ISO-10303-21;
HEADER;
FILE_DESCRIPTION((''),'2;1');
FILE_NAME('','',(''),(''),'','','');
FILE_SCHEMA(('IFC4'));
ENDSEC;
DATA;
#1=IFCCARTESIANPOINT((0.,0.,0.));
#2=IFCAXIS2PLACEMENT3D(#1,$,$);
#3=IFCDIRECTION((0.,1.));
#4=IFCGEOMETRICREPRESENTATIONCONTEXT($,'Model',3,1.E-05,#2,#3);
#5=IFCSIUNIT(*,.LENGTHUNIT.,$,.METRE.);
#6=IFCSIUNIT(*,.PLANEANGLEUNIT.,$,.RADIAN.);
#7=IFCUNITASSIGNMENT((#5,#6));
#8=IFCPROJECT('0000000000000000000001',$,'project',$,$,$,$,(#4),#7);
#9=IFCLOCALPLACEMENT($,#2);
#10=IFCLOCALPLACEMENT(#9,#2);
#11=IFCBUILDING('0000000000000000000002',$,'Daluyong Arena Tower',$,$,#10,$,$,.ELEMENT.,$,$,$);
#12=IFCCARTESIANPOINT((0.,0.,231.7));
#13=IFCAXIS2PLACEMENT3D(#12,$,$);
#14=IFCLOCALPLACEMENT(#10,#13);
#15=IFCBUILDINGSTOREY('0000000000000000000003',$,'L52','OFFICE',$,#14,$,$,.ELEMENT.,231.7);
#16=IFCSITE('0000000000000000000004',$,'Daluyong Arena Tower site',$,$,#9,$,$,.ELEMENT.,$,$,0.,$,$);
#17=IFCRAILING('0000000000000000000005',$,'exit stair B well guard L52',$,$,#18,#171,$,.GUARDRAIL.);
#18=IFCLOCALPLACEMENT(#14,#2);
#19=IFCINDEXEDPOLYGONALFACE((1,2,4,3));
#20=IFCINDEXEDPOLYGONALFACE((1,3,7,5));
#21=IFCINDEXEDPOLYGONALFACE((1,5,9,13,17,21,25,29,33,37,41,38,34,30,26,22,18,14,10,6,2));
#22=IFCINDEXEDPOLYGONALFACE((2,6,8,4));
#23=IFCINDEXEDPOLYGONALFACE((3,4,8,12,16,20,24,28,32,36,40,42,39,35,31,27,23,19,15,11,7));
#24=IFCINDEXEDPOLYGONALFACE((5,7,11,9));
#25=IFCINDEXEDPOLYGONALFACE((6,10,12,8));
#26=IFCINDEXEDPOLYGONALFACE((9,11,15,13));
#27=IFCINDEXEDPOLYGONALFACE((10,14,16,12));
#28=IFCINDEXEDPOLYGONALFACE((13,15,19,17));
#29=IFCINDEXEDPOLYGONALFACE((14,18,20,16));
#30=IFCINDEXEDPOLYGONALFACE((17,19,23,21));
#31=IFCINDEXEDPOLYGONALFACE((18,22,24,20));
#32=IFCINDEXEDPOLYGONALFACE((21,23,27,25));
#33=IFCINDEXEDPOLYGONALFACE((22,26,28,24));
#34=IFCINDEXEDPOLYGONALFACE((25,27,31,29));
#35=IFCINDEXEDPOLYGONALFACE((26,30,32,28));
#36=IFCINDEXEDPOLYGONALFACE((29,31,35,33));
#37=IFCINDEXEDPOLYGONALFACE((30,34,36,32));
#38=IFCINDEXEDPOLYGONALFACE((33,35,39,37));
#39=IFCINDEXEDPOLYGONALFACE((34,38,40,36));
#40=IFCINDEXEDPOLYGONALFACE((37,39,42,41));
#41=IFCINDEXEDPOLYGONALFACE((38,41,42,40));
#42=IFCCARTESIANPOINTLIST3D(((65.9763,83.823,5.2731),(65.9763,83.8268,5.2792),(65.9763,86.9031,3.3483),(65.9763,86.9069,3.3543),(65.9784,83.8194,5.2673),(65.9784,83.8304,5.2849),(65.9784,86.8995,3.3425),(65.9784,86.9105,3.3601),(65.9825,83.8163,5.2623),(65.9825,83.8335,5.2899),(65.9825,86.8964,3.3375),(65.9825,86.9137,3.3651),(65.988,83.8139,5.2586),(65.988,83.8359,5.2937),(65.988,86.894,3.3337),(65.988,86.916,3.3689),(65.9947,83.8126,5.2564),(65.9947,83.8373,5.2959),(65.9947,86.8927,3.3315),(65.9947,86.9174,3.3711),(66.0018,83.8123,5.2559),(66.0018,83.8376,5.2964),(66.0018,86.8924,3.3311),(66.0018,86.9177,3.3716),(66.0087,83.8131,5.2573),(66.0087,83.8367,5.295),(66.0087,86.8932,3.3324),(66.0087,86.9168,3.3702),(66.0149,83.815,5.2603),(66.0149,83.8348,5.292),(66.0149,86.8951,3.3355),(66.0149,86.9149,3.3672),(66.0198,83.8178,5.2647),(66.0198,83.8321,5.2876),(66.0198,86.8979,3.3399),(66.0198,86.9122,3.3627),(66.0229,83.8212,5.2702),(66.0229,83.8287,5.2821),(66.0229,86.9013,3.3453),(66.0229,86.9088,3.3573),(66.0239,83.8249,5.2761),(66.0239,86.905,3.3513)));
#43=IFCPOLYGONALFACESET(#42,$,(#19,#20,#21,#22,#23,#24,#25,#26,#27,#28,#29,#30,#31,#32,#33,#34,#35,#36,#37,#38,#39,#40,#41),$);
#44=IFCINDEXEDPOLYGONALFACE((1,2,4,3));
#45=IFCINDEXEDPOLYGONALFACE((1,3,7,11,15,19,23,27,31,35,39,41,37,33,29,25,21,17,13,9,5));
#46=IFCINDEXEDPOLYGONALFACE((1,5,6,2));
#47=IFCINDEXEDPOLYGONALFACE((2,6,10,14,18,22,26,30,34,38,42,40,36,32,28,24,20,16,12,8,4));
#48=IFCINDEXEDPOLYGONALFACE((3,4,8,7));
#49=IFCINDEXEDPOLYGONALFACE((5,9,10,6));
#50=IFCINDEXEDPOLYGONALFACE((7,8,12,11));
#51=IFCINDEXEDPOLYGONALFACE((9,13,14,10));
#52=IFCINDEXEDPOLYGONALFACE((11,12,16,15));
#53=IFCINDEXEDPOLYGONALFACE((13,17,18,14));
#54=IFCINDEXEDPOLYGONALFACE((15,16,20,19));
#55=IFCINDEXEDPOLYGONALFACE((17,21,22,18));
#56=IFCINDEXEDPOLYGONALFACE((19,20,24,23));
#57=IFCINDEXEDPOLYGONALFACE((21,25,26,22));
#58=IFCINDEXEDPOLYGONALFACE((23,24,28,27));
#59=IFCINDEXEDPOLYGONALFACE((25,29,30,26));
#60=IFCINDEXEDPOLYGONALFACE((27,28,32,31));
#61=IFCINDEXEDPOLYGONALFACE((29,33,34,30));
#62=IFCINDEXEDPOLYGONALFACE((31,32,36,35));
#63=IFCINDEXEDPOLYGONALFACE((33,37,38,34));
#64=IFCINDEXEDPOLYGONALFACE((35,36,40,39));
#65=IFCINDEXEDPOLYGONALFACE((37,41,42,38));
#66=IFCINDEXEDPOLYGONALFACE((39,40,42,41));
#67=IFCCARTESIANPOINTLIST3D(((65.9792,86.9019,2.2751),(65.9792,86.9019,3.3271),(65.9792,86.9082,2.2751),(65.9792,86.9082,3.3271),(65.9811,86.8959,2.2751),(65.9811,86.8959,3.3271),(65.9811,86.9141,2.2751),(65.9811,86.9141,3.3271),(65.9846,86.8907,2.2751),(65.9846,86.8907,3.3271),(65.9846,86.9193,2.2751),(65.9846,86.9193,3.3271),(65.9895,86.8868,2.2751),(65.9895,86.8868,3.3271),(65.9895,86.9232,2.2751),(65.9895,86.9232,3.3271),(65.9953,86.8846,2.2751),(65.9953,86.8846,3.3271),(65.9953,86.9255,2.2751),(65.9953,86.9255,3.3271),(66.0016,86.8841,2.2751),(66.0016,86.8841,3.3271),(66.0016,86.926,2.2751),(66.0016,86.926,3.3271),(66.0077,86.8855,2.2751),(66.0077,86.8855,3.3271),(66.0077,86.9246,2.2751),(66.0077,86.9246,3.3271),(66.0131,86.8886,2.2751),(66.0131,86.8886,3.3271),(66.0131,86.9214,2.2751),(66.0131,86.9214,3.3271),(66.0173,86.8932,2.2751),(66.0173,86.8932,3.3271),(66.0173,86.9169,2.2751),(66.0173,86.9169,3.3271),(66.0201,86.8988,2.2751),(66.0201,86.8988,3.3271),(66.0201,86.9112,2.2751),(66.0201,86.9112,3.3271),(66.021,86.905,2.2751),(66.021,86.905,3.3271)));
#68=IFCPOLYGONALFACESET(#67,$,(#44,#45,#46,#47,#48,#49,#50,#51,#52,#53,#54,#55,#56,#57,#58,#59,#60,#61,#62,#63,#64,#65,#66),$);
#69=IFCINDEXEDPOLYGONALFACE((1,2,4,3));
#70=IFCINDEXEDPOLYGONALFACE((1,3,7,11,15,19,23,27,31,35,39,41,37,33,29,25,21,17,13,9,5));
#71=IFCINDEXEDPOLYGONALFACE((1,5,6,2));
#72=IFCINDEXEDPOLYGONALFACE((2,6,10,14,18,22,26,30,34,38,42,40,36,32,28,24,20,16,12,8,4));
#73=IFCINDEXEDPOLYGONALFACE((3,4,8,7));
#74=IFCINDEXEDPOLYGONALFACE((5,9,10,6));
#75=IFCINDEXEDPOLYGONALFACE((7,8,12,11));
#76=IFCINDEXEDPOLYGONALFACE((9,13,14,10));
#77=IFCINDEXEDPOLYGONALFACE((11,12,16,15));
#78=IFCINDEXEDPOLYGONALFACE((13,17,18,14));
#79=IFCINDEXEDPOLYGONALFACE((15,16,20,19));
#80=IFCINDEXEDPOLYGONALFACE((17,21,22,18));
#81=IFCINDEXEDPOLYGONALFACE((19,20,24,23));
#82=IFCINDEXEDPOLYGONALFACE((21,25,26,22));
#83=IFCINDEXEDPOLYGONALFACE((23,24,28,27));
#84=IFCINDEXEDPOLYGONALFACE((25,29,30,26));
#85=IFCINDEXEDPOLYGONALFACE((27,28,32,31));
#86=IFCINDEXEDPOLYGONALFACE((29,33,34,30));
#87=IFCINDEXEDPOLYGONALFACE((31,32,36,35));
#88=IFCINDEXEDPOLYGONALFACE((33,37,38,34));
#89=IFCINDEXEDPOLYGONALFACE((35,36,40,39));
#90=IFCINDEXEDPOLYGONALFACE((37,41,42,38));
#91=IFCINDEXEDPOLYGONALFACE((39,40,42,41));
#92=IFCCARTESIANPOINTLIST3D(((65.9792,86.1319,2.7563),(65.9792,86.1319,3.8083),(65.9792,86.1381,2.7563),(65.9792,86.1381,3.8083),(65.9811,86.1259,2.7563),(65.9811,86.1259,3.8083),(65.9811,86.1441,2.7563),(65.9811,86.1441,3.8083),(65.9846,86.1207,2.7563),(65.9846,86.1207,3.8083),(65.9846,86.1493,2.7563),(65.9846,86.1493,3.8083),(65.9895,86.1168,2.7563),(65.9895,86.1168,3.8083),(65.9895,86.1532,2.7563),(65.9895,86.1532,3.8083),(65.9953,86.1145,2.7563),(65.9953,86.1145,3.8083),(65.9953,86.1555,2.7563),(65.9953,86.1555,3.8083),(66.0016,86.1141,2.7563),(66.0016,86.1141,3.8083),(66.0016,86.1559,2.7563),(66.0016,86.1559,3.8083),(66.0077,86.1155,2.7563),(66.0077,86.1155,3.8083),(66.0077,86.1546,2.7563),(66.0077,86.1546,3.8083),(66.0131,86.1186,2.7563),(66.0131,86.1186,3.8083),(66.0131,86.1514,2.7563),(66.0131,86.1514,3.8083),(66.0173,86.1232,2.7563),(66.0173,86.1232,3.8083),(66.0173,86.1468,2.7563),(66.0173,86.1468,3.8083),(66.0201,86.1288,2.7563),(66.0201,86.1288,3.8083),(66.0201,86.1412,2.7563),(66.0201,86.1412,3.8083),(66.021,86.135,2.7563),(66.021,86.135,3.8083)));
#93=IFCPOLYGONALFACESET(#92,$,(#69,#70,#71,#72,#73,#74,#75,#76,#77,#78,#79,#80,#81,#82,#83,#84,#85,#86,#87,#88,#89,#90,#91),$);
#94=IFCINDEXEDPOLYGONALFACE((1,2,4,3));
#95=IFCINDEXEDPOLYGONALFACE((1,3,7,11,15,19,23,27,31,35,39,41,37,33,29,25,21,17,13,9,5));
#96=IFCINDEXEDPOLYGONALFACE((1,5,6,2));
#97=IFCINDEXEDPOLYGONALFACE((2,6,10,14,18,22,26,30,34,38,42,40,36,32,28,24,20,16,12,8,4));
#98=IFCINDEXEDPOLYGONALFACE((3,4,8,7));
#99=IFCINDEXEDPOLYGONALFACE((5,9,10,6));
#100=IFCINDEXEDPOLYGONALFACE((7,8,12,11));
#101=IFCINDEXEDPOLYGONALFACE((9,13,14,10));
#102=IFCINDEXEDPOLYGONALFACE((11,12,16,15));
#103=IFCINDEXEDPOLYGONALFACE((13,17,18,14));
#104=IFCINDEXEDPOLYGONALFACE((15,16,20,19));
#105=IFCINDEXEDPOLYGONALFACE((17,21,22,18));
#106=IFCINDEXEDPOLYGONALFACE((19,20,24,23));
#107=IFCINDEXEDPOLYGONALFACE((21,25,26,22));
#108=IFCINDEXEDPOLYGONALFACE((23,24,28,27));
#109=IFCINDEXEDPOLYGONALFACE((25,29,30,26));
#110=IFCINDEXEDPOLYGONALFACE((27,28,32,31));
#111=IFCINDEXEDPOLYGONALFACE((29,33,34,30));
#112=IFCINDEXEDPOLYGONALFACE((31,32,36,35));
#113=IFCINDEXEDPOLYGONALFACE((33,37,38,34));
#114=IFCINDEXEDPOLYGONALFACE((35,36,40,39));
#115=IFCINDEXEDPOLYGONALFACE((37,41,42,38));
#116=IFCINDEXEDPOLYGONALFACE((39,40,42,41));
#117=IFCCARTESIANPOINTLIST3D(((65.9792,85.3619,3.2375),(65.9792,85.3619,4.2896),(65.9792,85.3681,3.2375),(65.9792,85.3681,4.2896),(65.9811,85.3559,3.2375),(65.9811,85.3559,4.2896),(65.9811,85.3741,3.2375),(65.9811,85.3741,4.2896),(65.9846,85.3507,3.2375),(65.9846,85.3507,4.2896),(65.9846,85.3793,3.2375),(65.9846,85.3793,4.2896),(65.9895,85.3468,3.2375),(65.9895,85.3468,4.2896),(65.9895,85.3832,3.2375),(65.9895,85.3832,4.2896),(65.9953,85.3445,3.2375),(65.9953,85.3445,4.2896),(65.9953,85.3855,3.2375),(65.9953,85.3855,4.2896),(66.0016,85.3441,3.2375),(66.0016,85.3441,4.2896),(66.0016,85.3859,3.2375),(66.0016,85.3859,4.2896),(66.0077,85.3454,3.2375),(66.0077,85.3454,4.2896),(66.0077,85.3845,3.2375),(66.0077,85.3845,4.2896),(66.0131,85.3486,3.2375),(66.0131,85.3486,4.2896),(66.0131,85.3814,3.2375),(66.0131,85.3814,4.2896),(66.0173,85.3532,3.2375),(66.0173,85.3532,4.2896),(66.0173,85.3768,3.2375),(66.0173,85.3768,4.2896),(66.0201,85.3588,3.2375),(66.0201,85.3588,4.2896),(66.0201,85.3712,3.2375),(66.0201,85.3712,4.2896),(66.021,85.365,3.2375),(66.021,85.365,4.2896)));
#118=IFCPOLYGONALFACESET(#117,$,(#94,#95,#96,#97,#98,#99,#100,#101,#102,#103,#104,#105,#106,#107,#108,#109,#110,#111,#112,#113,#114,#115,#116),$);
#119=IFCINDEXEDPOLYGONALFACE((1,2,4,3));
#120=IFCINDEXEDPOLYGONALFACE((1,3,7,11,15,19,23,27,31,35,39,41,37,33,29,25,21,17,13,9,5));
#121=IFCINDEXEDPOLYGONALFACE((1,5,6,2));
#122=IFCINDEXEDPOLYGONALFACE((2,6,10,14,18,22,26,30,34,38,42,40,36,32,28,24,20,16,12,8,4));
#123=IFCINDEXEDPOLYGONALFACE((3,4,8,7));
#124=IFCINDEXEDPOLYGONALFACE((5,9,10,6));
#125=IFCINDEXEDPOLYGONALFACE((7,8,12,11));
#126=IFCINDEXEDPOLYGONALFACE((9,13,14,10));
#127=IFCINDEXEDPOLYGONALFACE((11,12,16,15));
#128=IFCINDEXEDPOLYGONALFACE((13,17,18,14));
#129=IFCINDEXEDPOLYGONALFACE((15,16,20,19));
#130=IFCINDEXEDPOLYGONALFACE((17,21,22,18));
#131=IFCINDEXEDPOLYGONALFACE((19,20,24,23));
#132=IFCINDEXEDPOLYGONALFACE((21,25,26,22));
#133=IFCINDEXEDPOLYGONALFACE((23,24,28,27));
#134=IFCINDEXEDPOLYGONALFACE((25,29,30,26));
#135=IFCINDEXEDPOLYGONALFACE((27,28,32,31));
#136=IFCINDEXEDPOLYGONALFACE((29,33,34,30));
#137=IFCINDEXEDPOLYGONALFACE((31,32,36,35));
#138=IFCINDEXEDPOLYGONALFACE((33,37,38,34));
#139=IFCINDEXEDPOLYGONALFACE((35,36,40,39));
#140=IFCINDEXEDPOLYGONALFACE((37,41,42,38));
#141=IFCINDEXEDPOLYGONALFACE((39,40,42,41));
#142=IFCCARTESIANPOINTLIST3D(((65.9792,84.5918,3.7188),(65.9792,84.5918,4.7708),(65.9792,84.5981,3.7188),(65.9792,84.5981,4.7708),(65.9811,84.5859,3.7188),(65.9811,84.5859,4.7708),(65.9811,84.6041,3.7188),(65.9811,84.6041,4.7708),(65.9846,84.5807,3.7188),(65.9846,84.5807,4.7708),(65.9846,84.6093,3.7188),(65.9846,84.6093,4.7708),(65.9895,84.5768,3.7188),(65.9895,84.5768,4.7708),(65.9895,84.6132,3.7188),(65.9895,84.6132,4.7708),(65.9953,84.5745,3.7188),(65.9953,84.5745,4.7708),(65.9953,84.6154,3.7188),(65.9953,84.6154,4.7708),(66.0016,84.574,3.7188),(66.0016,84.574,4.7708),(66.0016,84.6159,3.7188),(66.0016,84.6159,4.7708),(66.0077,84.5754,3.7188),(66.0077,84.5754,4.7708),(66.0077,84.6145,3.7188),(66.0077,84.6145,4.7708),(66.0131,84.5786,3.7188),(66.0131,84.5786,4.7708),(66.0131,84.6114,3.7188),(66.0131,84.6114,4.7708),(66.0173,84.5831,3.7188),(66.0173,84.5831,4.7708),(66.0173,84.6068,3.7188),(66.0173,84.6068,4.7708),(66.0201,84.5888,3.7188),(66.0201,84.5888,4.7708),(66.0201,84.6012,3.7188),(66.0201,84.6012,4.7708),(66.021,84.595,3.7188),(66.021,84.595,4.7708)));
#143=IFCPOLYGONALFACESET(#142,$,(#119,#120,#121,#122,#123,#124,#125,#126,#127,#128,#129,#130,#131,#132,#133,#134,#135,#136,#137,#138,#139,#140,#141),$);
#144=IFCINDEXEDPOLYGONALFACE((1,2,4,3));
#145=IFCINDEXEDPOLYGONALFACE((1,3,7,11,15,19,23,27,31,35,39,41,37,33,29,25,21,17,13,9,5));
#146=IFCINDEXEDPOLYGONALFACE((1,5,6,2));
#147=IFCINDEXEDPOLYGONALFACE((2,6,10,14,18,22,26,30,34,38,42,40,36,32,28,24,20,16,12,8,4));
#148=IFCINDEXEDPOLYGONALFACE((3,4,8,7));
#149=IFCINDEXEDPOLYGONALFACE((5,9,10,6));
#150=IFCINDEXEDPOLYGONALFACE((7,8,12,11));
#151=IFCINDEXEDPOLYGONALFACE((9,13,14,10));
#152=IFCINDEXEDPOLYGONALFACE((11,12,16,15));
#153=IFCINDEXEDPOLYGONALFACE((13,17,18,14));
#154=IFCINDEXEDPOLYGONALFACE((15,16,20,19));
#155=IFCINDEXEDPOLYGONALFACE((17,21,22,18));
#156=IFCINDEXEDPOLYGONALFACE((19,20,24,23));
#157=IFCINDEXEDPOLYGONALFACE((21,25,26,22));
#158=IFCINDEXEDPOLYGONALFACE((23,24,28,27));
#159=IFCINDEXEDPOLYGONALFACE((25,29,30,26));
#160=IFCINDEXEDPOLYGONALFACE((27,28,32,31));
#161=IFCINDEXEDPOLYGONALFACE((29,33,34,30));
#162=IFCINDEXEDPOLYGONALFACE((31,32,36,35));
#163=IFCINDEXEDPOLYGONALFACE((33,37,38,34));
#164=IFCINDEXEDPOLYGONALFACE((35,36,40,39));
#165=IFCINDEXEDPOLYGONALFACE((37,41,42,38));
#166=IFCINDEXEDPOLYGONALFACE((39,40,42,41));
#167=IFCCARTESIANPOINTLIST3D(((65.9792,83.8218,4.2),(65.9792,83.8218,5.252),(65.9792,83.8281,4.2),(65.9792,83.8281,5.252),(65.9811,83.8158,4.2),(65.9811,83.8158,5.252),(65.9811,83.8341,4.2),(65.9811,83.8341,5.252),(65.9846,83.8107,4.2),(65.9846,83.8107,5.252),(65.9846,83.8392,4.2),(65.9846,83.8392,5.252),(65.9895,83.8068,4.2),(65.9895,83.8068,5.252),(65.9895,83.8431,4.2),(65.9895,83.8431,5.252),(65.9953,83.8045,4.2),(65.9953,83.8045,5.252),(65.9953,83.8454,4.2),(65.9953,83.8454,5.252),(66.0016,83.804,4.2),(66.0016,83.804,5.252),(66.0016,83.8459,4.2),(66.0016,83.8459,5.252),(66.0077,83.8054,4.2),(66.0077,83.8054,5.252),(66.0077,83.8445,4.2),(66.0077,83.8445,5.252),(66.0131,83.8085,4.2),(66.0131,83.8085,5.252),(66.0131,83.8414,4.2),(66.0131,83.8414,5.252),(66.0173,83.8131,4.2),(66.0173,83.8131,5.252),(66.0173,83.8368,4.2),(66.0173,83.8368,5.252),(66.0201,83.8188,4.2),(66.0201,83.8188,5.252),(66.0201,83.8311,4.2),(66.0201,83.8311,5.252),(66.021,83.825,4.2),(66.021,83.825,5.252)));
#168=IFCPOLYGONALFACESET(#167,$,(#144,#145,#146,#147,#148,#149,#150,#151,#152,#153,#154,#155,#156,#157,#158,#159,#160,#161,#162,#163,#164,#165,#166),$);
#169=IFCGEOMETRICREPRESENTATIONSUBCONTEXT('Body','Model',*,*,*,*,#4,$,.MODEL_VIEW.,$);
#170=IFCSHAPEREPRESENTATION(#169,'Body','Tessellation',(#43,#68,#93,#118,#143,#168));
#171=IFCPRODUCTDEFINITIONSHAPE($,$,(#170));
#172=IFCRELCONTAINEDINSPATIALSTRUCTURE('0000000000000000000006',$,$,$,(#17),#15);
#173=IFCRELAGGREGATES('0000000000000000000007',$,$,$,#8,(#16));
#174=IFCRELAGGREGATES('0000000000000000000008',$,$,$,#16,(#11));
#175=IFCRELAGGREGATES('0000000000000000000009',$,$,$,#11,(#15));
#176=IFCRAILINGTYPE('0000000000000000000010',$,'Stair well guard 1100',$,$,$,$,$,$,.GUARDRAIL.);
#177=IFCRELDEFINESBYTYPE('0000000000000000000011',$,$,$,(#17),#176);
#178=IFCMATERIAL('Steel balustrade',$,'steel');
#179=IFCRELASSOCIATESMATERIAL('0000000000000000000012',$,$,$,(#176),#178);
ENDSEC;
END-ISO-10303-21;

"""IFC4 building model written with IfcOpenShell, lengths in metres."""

from ifc_helpers import new_model, si_unit, direction, frame, origin, origin_2d, place, context, subcontext, project, spatial, circle, extrude, material, type_object, element, save


model = new_model("IFC4")

# Units and contexts
model_context = context("Model", 3, precision=1e-05, world=origin(), true_north=direction((0.0, 1.0)))
body_context = subcontext(model_context, "Body", "Model", "MODEL_VIEW")
ifc_project = project(units=[si_unit("LENGTHUNIT", "METRE"), si_unit("PLANEANGLEUNIT", "RADIAN")], contexts=[model_context])

# Site, building, storey
site_placement = place(None, origin())
site = spatial("IfcSite", under=ifc_project, at=site_placement, Name="Daluyong Arena Tower site", CompositionType="ELEMENT", RefElevation=0.0)
building_placement = place(site_placement, origin())
building = spatial("IfcBuilding", under=site, at=building_placement, Name="Daluyong Arena Tower", CompositionType="ELEMENT")
storey_placement = place(building_placement, frame((0.0, 0.0, 231.7)))
storey = spatial("IfcBuildingStorey", under=building, at=storey_placement, Name="L52", Description="OFFICE", CompositionType="ELEMENT", Elevation=231.7)

# Railing
ifc_material_1 = material(Name="Steel balustrade", Category="steel")
railing_type_1 = type_object("IfcRailingType", Name="Stair well guard 1100", PredefinedType="GUARDRAIL", material=ifc_material_1)
railing_1_placement = place(storey_placement, frame((66.0, 86.905, 2.2751)))
element("IfcRailing", 1, at=railing_1_placement, inside=storey, type_object=railing_type_1, Name="exit stair B well guard L52", PredefinedType="GUARDRAIL", context=body_context, shape_type="SweptSolid", body=[
    extrude(circle(Radius=0.0239, at=origin_2d()), frame((0.0, 0.0, 1.0762), z_axis=(0.0, -0.848029, 0.529951), x_axis=(1.0, 0.0, 0.0)), (0.0, 0.0, 1.0), 3.6321),
    extrude(circle(Radius=0.021, at=origin_2d()), origin(), (0.0, 0.0, 1.0), 1.052),
    extrude(circle(Radius=0.021, at=origin_2d()), frame((0.0, -0.77, 0.4812)), (0.0, 0.0, 1.0), 1.052),
    extrude(circle(Radius=0.021, at=origin_2d()), frame((0.0, -1.54, 0.9624)), (0.0, 0.0, 1.0), 1.052),
    extrude(circle(Radius=0.021, at=origin_2d()), frame((0.0, -2.3101, 1.4436)), (0.0, 0.0, 1.0), 1.052),
    extrude(circle(Radius=0.021, at=origin_2d()), frame((0.0, -3.0801, 1.9248)), (0.0, 0.0, 1.0), 1.052),
])

save(model, "model.ifc")
